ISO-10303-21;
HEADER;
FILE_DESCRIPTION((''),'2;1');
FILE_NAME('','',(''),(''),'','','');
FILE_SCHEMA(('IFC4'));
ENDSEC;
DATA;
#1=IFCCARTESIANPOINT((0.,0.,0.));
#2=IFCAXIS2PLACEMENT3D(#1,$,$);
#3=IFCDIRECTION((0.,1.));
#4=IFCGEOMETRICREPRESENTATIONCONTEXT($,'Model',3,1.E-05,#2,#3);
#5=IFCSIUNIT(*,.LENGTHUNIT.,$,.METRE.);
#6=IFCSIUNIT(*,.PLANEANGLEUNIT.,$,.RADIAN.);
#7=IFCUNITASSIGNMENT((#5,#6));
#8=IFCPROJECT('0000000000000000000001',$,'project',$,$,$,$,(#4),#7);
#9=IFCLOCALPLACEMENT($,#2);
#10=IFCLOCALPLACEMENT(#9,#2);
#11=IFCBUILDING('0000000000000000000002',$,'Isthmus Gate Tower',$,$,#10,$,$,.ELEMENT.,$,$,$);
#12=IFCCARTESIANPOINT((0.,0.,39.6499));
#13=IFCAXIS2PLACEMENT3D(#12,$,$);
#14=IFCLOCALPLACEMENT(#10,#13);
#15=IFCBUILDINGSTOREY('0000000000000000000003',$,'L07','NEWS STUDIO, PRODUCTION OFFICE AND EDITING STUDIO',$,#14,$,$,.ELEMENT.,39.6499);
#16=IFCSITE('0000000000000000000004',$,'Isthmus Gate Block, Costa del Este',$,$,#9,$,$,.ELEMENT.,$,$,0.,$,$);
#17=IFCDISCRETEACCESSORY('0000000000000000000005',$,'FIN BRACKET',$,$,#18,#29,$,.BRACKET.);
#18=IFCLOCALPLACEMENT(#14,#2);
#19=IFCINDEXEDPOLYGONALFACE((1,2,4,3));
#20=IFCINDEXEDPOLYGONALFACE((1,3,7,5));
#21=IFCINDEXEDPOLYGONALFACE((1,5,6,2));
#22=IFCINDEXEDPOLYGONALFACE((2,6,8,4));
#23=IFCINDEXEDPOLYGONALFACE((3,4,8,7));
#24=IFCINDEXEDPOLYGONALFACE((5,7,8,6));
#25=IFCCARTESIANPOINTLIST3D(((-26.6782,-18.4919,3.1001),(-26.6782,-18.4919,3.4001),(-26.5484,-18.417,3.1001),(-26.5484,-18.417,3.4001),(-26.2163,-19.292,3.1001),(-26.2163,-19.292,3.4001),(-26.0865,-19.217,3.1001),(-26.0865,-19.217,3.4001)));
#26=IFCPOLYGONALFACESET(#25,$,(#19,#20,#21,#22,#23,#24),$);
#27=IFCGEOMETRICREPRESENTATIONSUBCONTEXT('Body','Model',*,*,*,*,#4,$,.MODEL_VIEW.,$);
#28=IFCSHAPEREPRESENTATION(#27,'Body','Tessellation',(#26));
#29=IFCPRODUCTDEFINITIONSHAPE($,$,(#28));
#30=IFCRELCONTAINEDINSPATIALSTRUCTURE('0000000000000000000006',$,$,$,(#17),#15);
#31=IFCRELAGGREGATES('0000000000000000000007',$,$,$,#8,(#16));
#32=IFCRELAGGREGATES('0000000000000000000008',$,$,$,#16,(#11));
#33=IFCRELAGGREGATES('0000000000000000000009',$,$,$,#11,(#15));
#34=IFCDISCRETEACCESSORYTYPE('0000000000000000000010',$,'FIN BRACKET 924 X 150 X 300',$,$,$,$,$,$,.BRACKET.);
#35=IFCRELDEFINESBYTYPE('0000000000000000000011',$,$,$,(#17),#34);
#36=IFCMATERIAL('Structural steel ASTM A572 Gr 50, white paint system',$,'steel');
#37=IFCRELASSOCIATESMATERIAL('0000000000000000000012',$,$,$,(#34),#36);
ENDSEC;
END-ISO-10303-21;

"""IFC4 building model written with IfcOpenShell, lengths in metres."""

from ifc_helpers import new_model, si_unit, direction, frame, origin, origin_2d, place, context, subcontext, project, spatial, rectangle, extrude, material, type_object, element, save


model = new_model("IFC4")

# Units and contexts
model_context = context("Model", 3, precision=1e-05, world=origin(), true_north=direction((0.0, 1.0)))
body_context = subcontext(model_context, "Body", "Model", "MODEL_VIEW")
ifc_project = project(units=[si_unit("LENGTHUNIT", "METRE"), si_unit("PLANEANGLEUNIT", "RADIAN")], contexts=[model_context])

# Site, building, storey
site_placement = place(None, origin())
site = spatial("IfcSite", under=ifc_project, at=site_placement, Name="Isthmus Gate Block, Costa del Este", CompositionType="ELEMENT", RefElevation=0.0)
building_placement = place(site_placement, origin())
building = spatial("IfcBuilding", under=site, at=building_placement, Name="Isthmus Gate Tower", CompositionType="ELEMENT")
storey_placement = place(building_placement, frame((0.0, 0.0, 39.6499)))
storey = spatial("IfcBuildingStorey", under=building, at=storey_placement, Name="L07", Description="NEWS STUDIO, PRODUCTION OFFICE AND EDITING STUDIO", CompositionType="ELEMENT", Elevation=39.6499)

# Discrete accessory
ifc_material_1 = material(Name="Structural steel ASTM A572 Gr 50, white paint system", Category="steel")
discrete_accessory_type_1 = type_object("IfcDiscreteAccessoryType", Name="FIN BRACKET 924 X 150 X 300", PredefinedType="BRACKET", material=ifc_material_1)
for number, where, z_axis, x_axis, name in (
    (1, (-26.3823, -18.8545, 3.1001), (0.0, 0.0, 1.0), (-0.866025, -0.5, 0.0), "FIN BRACKET"),
):
    element("IfcDiscreteAccessory", number, at=place(storey_placement, frame(where, z_axis=z_axis, x_axis=x_axis)), inside=storey, type_object=discrete_accessory_type_1, Name=name, PredefinedType="BRACKET", context=body_context, shape_type="SweptSolid", body=[
        extrude(rectangle(XDim=0.1499, YDim=0.9238, at=origin_2d()), origin(), (0.0, 0.0, 1.0), 0.3),
    ])

save(model, "model.ifc")
